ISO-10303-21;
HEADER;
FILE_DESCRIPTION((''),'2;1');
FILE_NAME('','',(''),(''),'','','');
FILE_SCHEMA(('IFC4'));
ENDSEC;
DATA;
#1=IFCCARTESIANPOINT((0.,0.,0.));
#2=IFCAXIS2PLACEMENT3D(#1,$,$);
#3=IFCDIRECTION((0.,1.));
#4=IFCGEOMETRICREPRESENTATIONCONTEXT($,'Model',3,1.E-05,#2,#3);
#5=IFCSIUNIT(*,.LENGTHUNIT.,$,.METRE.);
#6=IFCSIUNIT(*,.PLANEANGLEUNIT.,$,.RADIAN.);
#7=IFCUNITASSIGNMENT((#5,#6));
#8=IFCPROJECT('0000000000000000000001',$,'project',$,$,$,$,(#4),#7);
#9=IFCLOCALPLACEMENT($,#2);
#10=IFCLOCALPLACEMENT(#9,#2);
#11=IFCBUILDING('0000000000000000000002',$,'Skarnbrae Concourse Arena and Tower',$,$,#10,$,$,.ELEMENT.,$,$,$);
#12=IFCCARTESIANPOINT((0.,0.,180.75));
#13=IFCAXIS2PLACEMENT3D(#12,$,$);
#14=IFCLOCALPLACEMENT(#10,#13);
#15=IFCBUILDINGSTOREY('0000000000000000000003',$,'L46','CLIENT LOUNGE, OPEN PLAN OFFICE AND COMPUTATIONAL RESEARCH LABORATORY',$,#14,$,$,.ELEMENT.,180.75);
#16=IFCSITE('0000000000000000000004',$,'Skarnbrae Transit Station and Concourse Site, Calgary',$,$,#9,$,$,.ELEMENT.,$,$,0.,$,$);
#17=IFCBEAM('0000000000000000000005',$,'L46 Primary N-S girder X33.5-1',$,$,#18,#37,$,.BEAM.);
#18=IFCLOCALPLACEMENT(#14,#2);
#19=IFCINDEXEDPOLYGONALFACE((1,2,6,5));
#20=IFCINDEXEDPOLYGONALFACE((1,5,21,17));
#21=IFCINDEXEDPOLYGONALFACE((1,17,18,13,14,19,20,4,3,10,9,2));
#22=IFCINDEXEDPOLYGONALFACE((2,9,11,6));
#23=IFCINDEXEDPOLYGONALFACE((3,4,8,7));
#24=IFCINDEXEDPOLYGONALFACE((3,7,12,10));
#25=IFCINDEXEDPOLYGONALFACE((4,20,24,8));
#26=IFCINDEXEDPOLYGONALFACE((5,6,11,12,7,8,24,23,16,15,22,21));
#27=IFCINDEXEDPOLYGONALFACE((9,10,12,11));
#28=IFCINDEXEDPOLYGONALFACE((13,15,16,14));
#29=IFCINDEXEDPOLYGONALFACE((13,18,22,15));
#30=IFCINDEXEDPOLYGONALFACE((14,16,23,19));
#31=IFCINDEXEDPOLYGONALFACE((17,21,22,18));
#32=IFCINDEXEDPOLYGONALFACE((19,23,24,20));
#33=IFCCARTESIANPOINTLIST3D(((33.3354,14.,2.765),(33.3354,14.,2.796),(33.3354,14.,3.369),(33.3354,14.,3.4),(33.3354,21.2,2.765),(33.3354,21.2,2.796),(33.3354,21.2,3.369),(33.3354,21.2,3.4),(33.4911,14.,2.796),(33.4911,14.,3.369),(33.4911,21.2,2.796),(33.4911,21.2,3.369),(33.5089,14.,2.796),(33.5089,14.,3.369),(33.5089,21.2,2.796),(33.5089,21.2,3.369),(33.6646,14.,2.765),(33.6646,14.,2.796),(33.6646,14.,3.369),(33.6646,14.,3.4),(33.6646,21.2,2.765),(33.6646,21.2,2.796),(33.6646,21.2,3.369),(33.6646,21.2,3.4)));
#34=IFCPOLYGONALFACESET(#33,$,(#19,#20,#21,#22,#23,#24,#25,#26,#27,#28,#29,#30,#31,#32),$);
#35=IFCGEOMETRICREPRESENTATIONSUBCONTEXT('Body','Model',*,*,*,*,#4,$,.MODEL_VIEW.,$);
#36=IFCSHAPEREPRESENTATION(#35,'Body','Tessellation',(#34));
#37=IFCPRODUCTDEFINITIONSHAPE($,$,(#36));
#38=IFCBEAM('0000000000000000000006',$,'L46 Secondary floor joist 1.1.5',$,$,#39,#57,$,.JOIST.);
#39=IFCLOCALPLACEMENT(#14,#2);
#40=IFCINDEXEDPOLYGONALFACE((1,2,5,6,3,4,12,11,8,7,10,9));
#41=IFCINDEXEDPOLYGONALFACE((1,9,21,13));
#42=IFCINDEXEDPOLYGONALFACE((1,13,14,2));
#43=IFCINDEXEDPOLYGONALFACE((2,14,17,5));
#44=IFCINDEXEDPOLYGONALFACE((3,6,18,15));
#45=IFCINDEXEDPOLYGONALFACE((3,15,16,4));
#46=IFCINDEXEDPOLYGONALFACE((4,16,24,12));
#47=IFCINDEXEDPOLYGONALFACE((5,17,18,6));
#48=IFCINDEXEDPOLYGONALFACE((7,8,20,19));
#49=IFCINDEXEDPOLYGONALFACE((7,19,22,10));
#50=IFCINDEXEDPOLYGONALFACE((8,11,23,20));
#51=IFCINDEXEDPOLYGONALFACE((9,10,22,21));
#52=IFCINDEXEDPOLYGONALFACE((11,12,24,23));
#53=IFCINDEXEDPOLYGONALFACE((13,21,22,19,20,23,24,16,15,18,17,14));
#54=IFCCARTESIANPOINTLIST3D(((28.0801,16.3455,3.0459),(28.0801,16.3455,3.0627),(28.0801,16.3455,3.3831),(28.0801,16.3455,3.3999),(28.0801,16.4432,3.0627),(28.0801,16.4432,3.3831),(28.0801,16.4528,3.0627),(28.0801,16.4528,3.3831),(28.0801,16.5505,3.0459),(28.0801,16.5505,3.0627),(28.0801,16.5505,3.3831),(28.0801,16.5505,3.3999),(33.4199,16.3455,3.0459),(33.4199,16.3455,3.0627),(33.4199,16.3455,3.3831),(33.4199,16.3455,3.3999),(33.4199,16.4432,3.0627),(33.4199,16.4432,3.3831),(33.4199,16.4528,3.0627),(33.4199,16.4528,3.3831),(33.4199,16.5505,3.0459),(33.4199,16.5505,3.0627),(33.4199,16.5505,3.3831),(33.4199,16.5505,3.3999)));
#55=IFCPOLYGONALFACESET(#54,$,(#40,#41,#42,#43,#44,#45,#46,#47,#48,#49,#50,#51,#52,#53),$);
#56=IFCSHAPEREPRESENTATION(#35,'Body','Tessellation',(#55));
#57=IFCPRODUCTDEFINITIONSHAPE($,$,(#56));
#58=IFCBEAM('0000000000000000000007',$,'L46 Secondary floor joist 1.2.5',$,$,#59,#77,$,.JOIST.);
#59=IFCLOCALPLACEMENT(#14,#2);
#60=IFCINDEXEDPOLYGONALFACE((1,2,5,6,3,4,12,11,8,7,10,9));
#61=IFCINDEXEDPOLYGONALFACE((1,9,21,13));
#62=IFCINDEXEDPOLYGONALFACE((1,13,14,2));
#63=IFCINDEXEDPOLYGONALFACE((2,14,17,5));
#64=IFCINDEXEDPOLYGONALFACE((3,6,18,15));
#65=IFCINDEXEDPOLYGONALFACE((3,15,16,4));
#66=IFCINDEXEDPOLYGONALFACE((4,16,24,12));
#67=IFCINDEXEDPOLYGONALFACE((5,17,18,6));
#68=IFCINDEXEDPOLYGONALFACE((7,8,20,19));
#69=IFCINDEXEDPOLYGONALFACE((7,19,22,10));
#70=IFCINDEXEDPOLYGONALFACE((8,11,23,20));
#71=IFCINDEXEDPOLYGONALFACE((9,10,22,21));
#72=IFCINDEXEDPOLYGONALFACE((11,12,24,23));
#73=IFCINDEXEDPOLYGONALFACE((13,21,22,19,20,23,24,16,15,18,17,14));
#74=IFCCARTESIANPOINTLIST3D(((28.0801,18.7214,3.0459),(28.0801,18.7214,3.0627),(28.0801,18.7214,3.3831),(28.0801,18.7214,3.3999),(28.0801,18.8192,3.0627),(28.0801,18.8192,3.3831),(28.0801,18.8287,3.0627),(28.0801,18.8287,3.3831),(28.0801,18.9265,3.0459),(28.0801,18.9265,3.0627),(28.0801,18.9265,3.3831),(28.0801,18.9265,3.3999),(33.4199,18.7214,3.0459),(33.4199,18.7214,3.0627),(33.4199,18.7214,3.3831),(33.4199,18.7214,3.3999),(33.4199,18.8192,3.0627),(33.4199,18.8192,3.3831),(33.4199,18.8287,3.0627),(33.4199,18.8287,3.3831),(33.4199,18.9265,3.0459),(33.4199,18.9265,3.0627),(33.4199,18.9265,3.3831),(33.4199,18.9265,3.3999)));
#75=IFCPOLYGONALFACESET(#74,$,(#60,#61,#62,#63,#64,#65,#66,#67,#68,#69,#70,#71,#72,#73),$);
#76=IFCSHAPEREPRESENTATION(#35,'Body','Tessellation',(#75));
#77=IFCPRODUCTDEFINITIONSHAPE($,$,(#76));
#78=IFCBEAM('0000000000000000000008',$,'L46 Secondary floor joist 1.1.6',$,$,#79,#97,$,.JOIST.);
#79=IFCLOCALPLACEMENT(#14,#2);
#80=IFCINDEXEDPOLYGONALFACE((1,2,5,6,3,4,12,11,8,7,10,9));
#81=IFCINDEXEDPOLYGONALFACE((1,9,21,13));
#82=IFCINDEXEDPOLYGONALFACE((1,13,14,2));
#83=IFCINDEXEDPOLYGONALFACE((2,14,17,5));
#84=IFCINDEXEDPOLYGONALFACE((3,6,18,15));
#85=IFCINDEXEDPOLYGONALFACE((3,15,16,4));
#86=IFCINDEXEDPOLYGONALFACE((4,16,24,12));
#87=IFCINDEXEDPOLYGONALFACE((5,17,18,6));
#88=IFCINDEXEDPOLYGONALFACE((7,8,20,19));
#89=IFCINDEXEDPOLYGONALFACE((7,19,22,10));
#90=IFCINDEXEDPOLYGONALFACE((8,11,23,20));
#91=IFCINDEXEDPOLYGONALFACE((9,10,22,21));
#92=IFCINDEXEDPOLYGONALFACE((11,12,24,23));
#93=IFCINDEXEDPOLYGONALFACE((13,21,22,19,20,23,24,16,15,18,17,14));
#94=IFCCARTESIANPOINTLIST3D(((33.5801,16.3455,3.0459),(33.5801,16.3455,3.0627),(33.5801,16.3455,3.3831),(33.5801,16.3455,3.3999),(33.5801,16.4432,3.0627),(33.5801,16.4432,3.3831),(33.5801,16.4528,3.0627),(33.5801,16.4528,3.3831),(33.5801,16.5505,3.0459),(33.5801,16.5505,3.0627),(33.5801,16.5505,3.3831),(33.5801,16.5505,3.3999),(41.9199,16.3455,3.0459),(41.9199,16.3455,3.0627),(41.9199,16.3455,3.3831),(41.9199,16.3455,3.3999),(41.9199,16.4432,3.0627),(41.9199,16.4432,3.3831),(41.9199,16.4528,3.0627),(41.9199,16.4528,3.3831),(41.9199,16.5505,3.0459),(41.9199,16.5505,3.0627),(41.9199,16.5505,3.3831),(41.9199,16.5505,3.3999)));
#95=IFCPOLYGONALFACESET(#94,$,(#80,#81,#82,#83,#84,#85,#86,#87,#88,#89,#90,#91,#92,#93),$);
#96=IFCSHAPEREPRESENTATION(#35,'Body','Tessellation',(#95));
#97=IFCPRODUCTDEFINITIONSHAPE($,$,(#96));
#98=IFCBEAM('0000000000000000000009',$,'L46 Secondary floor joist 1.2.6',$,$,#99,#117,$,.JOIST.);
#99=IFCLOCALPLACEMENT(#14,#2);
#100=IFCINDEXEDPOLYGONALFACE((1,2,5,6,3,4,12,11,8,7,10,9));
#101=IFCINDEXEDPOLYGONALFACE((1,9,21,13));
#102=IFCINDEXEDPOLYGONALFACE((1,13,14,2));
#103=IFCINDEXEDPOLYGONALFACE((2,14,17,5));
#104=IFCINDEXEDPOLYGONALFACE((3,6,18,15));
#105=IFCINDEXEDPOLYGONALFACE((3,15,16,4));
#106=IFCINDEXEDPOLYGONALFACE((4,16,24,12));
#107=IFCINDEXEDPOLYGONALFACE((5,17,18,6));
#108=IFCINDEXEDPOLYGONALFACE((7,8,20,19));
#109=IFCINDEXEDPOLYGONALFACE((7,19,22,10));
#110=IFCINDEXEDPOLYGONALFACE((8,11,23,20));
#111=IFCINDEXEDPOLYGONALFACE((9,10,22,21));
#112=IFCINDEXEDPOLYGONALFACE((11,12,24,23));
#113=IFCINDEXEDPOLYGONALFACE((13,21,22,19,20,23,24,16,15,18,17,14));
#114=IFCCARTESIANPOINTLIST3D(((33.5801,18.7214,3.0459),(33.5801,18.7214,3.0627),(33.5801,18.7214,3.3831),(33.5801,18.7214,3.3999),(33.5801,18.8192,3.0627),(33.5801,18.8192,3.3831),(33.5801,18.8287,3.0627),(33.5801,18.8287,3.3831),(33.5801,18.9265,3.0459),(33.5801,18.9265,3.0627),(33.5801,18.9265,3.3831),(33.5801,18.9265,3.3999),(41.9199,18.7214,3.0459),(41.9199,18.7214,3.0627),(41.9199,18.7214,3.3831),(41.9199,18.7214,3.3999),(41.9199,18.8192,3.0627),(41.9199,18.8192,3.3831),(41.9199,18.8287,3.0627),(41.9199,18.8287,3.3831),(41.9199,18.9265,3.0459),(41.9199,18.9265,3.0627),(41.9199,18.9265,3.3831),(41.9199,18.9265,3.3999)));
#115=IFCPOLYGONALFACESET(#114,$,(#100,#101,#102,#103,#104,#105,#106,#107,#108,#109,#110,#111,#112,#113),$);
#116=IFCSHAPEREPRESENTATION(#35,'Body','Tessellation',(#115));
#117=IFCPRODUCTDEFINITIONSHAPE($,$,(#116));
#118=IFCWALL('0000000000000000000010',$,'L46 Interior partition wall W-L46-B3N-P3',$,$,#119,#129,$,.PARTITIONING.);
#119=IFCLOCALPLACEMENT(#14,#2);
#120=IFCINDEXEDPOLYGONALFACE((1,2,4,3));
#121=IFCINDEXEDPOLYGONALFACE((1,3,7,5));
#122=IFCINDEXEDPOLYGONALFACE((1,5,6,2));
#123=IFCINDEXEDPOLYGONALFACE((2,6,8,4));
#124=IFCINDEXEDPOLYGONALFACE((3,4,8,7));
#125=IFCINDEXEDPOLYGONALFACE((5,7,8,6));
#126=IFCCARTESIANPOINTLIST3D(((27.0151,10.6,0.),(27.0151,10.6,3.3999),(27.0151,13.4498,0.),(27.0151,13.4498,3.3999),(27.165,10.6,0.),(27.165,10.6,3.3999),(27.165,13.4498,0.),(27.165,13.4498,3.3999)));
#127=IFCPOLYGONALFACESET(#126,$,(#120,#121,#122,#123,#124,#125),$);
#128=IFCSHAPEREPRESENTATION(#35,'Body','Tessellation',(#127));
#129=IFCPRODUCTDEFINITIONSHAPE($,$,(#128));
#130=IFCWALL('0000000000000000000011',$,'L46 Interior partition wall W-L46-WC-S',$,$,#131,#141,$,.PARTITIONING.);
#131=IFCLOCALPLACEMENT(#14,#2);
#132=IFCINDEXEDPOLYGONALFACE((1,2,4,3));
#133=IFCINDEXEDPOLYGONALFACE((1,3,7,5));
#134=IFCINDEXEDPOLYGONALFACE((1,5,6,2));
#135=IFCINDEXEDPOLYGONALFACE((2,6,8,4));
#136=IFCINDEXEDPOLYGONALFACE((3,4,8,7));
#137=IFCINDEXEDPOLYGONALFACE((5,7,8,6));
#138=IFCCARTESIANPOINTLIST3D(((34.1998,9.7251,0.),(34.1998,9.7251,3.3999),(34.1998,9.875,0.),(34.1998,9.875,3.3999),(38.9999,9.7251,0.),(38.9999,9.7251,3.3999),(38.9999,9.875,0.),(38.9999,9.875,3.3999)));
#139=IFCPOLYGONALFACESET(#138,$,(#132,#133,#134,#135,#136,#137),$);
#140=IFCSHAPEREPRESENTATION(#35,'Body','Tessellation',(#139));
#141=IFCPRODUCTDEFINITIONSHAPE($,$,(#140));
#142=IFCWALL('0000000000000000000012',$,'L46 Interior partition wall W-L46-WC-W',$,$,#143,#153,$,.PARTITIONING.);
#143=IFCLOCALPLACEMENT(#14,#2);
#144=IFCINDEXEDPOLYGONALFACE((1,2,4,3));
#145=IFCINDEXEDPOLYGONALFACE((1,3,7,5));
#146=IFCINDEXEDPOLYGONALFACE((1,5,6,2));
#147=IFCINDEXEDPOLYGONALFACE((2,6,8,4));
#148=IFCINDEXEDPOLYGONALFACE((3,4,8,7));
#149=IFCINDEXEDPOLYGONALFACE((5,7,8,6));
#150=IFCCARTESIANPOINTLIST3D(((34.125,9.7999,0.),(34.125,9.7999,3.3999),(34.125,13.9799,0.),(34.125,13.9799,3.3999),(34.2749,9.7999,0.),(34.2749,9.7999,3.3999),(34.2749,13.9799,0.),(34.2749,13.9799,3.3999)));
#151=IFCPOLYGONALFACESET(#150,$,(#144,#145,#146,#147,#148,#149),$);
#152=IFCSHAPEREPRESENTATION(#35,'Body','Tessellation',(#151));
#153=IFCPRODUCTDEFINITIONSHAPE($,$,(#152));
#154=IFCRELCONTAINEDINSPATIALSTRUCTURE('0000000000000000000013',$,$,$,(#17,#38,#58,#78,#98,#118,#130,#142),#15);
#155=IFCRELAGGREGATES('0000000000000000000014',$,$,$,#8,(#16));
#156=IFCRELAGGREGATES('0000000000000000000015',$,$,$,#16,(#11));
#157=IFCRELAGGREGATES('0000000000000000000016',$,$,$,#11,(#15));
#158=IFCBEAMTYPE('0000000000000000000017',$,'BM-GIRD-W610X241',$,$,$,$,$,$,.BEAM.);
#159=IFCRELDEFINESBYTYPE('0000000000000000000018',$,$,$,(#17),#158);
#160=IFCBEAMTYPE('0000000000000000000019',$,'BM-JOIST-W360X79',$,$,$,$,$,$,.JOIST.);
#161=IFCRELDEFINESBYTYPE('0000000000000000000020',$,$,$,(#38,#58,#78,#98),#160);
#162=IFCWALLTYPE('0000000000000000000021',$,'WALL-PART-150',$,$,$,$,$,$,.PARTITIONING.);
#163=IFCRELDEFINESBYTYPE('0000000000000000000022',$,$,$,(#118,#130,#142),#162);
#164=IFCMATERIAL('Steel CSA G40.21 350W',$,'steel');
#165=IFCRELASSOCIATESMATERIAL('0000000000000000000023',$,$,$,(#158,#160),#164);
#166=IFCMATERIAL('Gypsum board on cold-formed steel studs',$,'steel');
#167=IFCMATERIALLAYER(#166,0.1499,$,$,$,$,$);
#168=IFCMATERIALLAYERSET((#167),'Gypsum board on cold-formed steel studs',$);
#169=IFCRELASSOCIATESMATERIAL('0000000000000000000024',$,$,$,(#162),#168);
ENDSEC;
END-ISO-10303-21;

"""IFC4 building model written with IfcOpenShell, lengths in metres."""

from ifc_helpers import new_model, si_unit, direction, frame, frame_2d, origin, origin_2d, place, context, subcontext, project, spatial, rectangle, i_section, extrude, source, transform, mapped, material, layer, layer_set, material_profile, profile_set, type_object, element, save


model = new_model("IFC4")

# Units and contexts
model_context = context("Model", 3, precision=1e-05, world=origin(), true_north=direction((0.0, 1.0)))
body_context = subcontext(model_context, "Body", "Model", "MODEL_VIEW")
ifc_project = project(units=[si_unit("LENGTHUNIT", "METRE"), si_unit("PLANEANGLEUNIT", "RADIAN")], contexts=[model_context])

# Site, building, storey
site_placement = place(None, origin())
site = spatial("IfcSite", under=ifc_project, at=site_placement, Name="Skarnbrae Transit Station and Concourse Site, Calgary", CompositionType="ELEMENT", RefElevation=0.0)
building_placement = place(site_placement, origin())
building = spatial("IfcBuilding", under=site, at=building_placement, Name="Skarnbrae Concourse Arena and Tower", CompositionType="ELEMENT")
storey_placement = place(building_placement, frame((0.0, 0.0, 180.75)))
storey = spatial("IfcBuildingStorey", under=building, at=storey_placement, Name="L46", Description="CLIENT LOUNGE, OPEN PLAN OFFICE AND COMPUTATIONAL RESEARCH LABORATORY", CompositionType="ELEMENT", Elevation=180.75)

# Shared definitions
ifc_material_1 = material(Name="Steel CSA G40.21 350W", Category="steel")

# Beams
ifc_material_profile_1 = material_profile(ifc_material_1, i_section(OverallWidth=0.3291, OverallDepth=0.635, WebThickness=0.0178, FlangeThickness=0.031, at=origin_2d()), Name="W610X241")
ifc_profile_set_1 = profile_set([ifc_material_profile_1], Name="Steel CSA G40.21 350W")
beam_type_1 = type_object("IfcBeamType", Name="BM-GIRD-W610X241", PredefinedType="BEAM", material=ifc_profile_set_1)
shared_shape_1 = source(origin(), body_context, "Body", "SweptSolid", [
    extrude(i_section(OverallWidth=0.3291, OverallDepth=0.635, WebThickness=0.0178, FlangeThickness=0.031, at=origin_2d()), origin(), (0.0, 0.0, 1.0), 7.2),
])
for number, where, z_axis, x_axis, name in (
    (1, (33.5, 14.0, 3.0825), (0.0, 1.0, 0.0), (-1.0, 0.0, 0.0), "L46 Primary N-S girder X33.5-1"),
):
    element("IfcBeam", number, at=place(storey_placement, frame(where, z_axis=z_axis, x_axis=x_axis)), inside=storey, type_object=beam_type_1, Name=name, PredefinedType="BEAM", context=body_context, shape_type="MappedRepresentation", body=[
        mapped(shared_shape_1, transform((0.0, 0.0, 0.0))),
    ])
ifc_material_profile_2 = material_profile(ifc_material_1, i_section(OverallWidth=0.2051, OverallDepth=0.354, WebThickness=0.0095, FlangeThickness=0.0168, at=origin_2d()), Name="W360X79")
ifc_profile_set_2 = profile_set([ifc_material_profile_2], Name="Steel CSA G40.21 350W")
beam_type_2 = type_object("IfcBeamType", Name="BM-JOIST-W360X79", PredefinedType="JOIST", material=ifc_profile_set_2)
shared_shape_2 = source(origin(), body_context, "Body", "SweptSolid", [
    extrude(i_section(OverallWidth=0.2051, OverallDepth=0.354, WebThickness=0.0095, FlangeThickness=0.0168, at=origin_2d()), origin(), (0.0, 0.0, 1.0), 5.3398),
])
for number, where, z_axis, x_axis, name in (
    (2, (28.0801, 16.448, 3.2229), (1.0, 0.0, 0.0), (0.0, 1.0, 0.0), "L46 Secondary floor joist 1.1.5"),
    (3, (28.0801, 18.824, 3.2229), (1.0, 0.0, 0.0), (0.0, 1.0, 0.0), "L46 Secondary floor joist 1.2.5"),
):
    element("IfcBeam", number, at=place(storey_placement, frame(where, z_axis=z_axis, x_axis=x_axis)), inside=storey, type_object=beam_type_2, Name=name, PredefinedType="JOIST", context=body_context, shape_type="MappedRepresentation", body=[
        mapped(shared_shape_2, transform((0.0, 0.0, 0.0))),
    ])
shared_shape_3 = source(origin(), body_context, "Body", "SweptSolid", [
    extrude(i_section(OverallWidth=0.2051, OverallDepth=0.354, WebThickness=0.0095, FlangeThickness=0.0168, at=origin_2d()), origin(), (0.0, 0.0, 1.0), 8.3398),
])
for number, where, z_axis, x_axis, name in (
    (4, (33.5801, 16.448, 3.2229), (1.0, 0.0, 0.0), (0.0, 1.0, 0.0), "L46 Secondary floor joist 1.1.6"),
    (5, (33.5801, 18.824, 3.2229), (1.0, 0.0, 0.0), (0.0, 1.0, 0.0), "L46 Secondary floor joist 1.2.6"),
):
    element("IfcBeam", number, at=place(storey_placement, frame(where, z_axis=z_axis, x_axis=x_axis)), inside=storey, type_object=beam_type_2, Name=name, PredefinedType="JOIST", context=body_context, shape_type="MappedRepresentation", body=[
        mapped(shared_shape_3, transform((0.0, 0.0, 0.0))),
    ])

# Walls
ifc_material_2 = material(Name="Gypsum board on cold-formed steel studs", Category="steel")
ifc_layer_1 = layer(ifc_material_2, 0.1499)
ifc_layer_set_1 = layer_set([ifc_layer_1], Name="Gypsum board on cold-formed steel studs")
wall_type_1 = type_object("IfcWallType", Name="WALL-PART-150", PredefinedType="PARTITIONING", material=ifc_layer_set_1)
shared_shape_4 = source(origin(), body_context, "Body", "SweptSolid", [
    extrude(rectangle(XDim=2.8499, YDim=0.1499, at=frame_2d((1.4248, 0.0))), origin(), (0.0, 0.0, 1.0), 3.3999),
])
wall_1_placement = place(storey_placement, frame((27.0901, 10.6001, 0.0), z_axis=(0.0, 0.0, 1.0), x_axis=(0.0, 1.0, 0.0)))
element("IfcWall", 6, at=wall_1_placement, inside=storey, type_object=wall_type_1, Name="L46 Interior partition wall W-L46-B3N-P3", PredefinedType="PARTITIONING", context=body_context, shape_type="MappedRepresentation", body=[
    mapped(shared_shape_4, transform((0.0, 0.0, 0.0))),
])
shared_shape_5 = source(origin(), body_context, "Body", "SweptSolid", [
    extrude(rectangle(XDim=4.8, YDim=0.1499, at=frame_2d((2.3999, 0.0))), origin(), (0.0, 0.0, 1.0), 3.3999),
])
wall_2_placement = place(storey_placement, frame((34.2, 9.8, 0.0), z_axis=(0.0, 0.0, 1.0), x_axis=(1.0, 0.0, 0.0)))
element("IfcWall", 7, at=wall_2_placement, inside=storey, type_object=wall_type_1, Name="L46 Interior partition wall W-L46-WC-S", PredefinedType="PARTITIONING", context=body_context, shape_type="MappedRepresentation", body=[
    mapped(shared_shape_5, transform((0.0, 0.0, 0.0))),
])
shared_shape_6 = source(origin(), body_context, "Body", "SweptSolid", [
    extrude(rectangle(XDim=4.1799, YDim=0.1499, at=frame_2d((2.0898, 0.0))), origin(), (0.0, 0.0, 1.0), 3.3999),
])
wall_3_placement = place(storey_placement, frame((34.2, 9.8, 0.0), z_axis=(0.0, 0.0, 1.0), x_axis=(0.0, 1.0, 0.0)))
element("IfcWall", 8, at=wall_3_placement, inside=storey, type_object=wall_type_1, Name="L46 Interior partition wall W-L46-WC-W", PredefinedType="PARTITIONING", context=body_context, shape_type="MappedRepresentation", body=[
    mapped(shared_shape_6, transform((0.0, 0.0, 0.0))),
])

save(model, "model.ifc")
